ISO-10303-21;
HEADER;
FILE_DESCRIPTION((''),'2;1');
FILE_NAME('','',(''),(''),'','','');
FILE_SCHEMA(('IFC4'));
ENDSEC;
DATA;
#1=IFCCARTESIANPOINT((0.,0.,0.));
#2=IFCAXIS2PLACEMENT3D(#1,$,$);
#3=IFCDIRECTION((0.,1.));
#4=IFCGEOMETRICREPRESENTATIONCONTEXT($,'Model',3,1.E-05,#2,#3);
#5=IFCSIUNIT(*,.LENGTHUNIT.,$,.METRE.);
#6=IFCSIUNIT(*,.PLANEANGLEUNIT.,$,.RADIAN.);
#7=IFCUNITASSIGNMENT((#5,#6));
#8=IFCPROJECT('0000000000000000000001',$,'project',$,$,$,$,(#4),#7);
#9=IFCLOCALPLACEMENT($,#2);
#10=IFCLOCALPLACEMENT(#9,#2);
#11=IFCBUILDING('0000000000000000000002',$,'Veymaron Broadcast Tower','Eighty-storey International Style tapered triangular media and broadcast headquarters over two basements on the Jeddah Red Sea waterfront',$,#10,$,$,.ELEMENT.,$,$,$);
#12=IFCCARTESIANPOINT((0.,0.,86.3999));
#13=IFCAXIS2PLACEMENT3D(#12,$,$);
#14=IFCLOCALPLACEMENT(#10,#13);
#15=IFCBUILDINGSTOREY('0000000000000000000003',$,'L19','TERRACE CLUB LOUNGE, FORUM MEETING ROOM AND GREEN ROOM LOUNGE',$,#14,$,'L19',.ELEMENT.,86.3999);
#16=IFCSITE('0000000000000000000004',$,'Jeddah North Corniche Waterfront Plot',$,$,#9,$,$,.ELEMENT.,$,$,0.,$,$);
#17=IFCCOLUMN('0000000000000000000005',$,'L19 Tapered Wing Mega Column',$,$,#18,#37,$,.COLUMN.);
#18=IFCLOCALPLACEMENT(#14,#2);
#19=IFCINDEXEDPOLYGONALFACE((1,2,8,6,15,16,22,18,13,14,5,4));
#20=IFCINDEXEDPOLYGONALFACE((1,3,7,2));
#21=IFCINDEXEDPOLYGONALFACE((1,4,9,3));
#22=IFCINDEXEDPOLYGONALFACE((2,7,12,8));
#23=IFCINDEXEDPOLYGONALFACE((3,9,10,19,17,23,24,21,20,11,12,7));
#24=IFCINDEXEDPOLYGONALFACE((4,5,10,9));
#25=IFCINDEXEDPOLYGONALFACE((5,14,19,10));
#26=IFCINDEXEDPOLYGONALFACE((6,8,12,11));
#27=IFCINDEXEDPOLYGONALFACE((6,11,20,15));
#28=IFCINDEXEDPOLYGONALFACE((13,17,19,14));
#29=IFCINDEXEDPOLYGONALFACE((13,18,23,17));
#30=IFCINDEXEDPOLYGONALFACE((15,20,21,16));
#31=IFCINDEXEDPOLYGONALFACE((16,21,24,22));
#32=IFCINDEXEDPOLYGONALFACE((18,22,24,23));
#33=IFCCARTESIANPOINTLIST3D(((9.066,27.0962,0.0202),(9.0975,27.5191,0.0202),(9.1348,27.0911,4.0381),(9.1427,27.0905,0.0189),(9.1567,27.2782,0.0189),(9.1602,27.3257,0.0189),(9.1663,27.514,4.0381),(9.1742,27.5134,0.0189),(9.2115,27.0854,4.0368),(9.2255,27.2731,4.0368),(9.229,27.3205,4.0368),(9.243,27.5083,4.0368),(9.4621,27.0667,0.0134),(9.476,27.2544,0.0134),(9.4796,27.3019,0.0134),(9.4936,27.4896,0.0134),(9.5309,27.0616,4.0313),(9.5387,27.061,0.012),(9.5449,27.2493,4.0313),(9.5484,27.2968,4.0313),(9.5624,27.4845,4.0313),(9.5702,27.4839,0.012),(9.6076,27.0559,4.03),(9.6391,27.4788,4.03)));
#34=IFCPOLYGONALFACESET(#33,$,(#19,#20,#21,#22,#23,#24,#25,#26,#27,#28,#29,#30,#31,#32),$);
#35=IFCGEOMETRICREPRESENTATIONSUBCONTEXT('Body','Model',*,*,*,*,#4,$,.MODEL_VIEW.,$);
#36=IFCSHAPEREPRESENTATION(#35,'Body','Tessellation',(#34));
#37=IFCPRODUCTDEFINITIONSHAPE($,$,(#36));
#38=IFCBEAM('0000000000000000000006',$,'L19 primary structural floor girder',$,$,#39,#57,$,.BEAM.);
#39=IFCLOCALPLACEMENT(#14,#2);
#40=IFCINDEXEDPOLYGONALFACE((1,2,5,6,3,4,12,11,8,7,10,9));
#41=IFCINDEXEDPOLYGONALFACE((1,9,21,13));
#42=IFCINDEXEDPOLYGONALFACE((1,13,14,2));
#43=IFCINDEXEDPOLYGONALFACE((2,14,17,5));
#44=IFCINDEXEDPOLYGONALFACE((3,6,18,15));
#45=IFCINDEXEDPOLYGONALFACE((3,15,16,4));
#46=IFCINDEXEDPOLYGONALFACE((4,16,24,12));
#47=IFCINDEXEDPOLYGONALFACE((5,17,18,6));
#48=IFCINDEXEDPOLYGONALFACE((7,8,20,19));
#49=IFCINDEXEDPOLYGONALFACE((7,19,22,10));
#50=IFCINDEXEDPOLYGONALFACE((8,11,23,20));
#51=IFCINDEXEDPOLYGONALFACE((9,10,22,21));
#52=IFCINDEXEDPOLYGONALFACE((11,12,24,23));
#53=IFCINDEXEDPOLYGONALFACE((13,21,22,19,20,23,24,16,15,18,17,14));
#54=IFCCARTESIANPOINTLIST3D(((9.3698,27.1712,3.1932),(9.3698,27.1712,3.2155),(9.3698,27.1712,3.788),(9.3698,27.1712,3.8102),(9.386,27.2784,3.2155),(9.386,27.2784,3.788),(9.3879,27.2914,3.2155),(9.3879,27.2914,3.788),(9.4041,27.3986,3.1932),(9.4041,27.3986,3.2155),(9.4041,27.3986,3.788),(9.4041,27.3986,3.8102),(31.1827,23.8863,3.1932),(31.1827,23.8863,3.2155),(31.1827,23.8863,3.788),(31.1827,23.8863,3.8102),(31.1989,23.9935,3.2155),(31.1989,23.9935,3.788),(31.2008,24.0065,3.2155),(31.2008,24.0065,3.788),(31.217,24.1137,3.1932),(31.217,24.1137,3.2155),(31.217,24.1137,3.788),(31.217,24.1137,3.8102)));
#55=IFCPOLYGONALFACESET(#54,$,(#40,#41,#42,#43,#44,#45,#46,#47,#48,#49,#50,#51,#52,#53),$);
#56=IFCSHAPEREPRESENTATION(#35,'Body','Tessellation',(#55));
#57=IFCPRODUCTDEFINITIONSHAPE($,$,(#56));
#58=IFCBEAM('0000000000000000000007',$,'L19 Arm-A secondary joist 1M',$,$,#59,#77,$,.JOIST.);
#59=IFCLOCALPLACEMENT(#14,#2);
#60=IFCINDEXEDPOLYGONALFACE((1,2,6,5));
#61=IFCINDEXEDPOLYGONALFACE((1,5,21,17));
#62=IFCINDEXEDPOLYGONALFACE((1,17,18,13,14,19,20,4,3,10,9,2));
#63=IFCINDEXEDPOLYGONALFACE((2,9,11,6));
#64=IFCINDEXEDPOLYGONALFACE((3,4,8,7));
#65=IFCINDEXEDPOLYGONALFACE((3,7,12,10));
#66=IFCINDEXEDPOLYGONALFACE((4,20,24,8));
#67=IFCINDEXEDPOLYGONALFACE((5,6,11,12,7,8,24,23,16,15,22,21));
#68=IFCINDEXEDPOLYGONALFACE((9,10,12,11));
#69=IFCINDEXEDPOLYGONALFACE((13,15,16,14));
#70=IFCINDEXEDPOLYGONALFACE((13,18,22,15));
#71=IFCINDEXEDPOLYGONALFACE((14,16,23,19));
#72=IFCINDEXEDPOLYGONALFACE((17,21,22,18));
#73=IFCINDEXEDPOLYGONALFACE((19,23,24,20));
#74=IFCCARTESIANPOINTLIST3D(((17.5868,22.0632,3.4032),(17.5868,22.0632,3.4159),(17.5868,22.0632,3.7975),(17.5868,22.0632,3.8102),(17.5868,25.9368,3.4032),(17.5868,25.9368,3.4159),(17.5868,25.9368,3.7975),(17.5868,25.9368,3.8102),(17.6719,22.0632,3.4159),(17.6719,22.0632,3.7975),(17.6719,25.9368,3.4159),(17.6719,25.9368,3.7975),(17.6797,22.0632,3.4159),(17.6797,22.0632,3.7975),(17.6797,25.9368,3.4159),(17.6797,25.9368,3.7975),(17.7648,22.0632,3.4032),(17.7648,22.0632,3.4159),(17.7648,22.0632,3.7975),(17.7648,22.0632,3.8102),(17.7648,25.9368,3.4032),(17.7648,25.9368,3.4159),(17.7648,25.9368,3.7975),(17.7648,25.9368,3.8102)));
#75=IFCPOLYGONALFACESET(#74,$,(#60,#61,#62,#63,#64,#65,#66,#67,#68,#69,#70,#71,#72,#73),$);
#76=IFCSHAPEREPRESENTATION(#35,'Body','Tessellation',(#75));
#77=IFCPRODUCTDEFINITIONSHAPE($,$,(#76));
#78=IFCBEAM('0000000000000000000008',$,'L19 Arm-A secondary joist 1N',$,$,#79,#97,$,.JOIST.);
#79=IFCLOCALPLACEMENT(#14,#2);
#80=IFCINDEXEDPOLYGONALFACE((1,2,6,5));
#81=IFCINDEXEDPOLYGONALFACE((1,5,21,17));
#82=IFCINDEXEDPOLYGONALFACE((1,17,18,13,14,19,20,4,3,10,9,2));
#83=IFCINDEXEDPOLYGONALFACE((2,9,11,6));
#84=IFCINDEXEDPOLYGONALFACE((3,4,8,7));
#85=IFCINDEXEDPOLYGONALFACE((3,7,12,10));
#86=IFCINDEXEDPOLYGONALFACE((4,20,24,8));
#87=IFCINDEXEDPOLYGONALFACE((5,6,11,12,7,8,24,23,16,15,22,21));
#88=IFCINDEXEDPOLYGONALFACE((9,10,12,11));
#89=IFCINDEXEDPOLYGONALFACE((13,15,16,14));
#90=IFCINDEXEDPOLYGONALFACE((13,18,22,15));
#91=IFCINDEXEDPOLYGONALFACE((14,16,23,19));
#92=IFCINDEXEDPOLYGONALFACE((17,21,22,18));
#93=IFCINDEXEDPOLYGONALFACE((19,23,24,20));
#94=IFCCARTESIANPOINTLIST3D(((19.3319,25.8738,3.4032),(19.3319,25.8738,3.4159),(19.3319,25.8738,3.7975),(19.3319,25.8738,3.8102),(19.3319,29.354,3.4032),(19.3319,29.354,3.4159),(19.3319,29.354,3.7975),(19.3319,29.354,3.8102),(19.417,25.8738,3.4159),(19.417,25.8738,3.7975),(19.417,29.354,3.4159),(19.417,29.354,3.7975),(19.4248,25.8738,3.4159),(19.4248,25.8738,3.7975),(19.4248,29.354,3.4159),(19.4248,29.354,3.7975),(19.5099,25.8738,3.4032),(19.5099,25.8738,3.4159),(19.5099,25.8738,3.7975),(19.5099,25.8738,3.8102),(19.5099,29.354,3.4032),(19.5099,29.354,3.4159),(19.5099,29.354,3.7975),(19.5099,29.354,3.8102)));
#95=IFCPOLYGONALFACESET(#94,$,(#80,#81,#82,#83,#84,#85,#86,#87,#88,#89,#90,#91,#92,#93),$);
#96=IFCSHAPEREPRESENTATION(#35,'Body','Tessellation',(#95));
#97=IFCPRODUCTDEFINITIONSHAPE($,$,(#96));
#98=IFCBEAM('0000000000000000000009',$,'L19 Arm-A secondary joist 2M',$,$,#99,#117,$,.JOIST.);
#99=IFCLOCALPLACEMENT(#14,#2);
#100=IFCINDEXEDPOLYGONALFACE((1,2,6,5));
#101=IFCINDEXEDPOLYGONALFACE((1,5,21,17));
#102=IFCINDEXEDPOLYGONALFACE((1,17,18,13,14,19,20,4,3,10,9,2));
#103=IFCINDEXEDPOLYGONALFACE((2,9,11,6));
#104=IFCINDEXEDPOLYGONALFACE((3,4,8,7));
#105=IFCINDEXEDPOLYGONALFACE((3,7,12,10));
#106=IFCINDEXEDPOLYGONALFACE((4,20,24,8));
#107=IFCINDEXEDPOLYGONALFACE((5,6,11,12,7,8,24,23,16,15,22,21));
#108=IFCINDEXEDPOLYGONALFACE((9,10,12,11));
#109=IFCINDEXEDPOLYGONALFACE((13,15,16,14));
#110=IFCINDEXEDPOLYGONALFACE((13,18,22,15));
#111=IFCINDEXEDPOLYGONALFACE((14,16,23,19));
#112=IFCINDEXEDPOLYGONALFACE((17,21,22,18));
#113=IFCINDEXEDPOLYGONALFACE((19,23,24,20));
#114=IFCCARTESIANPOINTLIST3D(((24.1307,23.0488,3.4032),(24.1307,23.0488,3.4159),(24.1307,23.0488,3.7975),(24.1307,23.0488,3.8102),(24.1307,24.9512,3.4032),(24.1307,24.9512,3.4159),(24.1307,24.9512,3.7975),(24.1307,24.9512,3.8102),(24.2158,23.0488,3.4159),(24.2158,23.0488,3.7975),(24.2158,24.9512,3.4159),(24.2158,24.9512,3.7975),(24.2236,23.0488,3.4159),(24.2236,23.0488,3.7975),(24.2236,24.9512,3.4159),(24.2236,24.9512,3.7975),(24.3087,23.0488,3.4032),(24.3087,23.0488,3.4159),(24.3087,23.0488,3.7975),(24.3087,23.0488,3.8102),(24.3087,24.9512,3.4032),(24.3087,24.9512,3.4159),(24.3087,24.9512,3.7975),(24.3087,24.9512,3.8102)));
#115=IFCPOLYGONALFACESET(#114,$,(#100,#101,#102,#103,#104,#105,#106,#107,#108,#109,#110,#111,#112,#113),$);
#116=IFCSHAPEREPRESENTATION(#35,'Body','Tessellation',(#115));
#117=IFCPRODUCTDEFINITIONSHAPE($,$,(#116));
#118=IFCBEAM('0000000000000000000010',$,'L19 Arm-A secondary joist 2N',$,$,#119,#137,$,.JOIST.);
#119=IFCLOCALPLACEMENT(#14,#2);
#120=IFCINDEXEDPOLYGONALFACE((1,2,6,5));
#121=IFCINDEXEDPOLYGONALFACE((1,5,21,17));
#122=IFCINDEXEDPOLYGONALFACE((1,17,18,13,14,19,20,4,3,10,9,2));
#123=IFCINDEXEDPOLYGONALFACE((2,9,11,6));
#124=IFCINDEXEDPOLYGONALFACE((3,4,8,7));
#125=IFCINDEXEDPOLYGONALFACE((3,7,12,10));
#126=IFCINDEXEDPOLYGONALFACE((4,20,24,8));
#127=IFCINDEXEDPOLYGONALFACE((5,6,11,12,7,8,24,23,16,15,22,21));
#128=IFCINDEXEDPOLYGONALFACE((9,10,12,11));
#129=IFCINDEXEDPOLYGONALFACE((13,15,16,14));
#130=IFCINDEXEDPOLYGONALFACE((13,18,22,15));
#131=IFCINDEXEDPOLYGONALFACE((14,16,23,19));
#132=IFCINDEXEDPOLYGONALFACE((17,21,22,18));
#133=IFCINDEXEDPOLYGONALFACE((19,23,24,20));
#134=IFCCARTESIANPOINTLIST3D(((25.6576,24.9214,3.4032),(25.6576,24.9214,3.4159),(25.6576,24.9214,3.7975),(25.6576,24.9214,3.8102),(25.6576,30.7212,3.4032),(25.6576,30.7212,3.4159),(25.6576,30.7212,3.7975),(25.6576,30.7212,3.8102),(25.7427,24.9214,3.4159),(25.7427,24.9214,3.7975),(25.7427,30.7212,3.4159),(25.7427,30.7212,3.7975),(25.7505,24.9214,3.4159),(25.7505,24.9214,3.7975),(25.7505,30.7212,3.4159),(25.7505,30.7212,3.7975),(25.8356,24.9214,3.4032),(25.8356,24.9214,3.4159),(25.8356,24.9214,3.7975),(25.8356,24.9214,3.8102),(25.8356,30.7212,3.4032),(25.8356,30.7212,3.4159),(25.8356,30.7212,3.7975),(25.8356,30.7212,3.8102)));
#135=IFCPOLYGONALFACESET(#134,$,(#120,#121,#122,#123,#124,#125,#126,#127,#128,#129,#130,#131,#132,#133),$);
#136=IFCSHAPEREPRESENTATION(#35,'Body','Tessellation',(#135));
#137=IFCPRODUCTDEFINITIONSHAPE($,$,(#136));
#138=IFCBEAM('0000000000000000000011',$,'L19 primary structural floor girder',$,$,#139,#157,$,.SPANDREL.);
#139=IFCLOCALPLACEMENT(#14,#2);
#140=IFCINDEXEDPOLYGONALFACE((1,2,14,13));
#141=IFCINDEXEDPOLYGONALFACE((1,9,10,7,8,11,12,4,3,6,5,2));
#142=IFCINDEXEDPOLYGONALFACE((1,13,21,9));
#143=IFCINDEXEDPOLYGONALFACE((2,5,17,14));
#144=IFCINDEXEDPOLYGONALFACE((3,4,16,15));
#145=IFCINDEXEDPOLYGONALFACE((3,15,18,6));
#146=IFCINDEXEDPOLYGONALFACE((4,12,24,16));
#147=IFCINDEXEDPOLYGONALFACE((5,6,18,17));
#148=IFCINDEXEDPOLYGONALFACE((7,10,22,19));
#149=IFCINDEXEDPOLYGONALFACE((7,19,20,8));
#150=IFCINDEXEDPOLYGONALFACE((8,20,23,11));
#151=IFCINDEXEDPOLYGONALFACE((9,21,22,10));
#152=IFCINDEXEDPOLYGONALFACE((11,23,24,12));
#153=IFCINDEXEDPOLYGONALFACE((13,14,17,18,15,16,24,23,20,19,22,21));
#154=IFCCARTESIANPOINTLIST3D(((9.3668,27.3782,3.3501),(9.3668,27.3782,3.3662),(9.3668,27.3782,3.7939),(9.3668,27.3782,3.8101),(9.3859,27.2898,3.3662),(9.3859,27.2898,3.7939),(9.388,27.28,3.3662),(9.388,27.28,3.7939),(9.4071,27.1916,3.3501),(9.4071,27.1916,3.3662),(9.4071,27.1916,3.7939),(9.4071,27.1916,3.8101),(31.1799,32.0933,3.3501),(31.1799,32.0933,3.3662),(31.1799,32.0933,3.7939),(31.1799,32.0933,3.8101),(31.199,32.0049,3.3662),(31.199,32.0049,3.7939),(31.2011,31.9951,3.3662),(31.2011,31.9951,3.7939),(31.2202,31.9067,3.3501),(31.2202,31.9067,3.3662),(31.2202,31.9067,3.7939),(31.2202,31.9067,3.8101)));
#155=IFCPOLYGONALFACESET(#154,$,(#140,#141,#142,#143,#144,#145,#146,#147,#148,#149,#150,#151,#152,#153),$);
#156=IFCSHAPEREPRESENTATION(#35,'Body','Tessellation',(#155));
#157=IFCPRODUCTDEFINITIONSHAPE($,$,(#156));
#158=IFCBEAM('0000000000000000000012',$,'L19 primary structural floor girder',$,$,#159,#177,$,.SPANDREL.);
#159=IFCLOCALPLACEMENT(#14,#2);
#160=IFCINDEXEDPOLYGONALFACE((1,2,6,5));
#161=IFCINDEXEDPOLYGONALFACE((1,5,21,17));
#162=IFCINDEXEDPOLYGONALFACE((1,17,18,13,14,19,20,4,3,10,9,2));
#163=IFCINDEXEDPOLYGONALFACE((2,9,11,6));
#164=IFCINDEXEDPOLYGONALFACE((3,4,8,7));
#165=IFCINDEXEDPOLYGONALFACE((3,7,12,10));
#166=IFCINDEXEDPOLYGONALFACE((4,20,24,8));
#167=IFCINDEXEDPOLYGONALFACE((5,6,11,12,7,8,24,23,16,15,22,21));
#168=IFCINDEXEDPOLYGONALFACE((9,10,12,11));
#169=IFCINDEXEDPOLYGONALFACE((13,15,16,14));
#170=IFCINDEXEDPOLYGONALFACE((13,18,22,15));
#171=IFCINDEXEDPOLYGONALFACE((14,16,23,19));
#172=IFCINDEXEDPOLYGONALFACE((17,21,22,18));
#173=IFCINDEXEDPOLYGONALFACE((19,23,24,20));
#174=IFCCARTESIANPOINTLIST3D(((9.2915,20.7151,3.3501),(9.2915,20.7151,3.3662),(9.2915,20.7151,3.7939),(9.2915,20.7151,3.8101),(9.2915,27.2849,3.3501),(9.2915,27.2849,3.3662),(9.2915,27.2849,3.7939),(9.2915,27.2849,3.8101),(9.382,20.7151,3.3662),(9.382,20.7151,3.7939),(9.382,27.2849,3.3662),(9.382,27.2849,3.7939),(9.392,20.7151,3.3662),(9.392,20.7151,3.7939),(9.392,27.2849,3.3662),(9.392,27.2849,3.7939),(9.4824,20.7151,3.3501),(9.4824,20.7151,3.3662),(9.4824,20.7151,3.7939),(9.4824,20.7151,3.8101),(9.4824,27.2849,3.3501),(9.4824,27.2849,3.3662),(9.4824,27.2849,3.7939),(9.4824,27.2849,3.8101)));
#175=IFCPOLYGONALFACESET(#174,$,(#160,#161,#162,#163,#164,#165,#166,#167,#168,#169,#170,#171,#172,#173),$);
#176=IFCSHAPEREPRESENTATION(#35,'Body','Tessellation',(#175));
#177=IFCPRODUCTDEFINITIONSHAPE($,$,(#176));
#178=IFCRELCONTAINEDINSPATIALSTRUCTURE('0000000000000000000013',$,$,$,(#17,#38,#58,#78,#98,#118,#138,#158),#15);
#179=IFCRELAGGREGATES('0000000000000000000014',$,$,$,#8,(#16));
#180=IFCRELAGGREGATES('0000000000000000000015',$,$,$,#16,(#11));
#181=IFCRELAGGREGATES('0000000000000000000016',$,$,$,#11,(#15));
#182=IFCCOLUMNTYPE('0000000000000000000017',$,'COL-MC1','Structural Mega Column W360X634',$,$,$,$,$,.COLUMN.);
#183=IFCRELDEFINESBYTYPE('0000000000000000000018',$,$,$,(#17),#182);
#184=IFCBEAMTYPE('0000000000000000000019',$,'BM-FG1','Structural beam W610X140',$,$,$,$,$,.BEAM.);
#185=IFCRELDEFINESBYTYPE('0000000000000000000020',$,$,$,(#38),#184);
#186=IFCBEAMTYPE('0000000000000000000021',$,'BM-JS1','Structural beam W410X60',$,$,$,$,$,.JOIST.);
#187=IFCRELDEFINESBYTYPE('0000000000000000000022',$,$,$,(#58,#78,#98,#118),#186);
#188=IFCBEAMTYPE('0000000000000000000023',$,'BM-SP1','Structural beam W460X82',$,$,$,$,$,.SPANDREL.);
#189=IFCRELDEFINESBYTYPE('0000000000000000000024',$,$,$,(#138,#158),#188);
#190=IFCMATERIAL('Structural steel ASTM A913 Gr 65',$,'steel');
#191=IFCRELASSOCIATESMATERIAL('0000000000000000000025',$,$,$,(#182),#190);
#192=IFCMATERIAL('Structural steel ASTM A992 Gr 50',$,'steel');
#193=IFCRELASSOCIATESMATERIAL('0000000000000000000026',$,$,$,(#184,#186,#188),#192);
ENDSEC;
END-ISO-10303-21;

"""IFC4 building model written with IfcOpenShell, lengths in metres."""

from ifc_helpers import new_model, si_unit, direction, frame, origin, origin_2d, place, context, subcontext, project, spatial, i_section, extrude, material, material_profile, profile_set, type_object, element, save


model = new_model("IFC4")

# Units and contexts
model_context = context("Model", 3, precision=1e-05, world=origin(), true_north=direction((0.0, 1.0)))
body_context = subcontext(model_context, "Body", "Model", "MODEL_VIEW")
ifc_project = project(units=[si_unit("LENGTHUNIT", "METRE"), si_unit("PLANEANGLEUNIT", "RADIAN")], contexts=[model_context])

# Site, building, storey
site_placement = place(None, origin())
site = spatial("IfcSite", under=ifc_project, at=site_placement, Name="Jeddah North Corniche Waterfront Plot", CompositionType="ELEMENT", RefElevation=0.0)
building_placement = place(site_placement, origin())
building = spatial("IfcBuilding", under=site, at=building_placement, Name="Veymaron Broadcast Tower", Description="Eighty-storey International Style tapered triangular media and broadcast headquarters over two basements on the Jeddah Red Sea waterfront", CompositionType="ELEMENT")
storey_placement = place(building_placement, frame((0.0, 0.0, 86.3999)))
storey = spatial("IfcBuildingStorey", under=building, at=storey_placement, Name="L19", Description="TERRACE CLUB LOUNGE, FORUM MEETING ROOM AND GREEN ROOM LOUNGE", LongName="L19", CompositionType="ELEMENT", Elevation=86.3999)

# Column
ifc_material_1 = material(Name="Structural steel ASTM A913 Gr 65", Category="steel")
ifc_material_profile_1 = material_profile(ifc_material_1, i_section(OverallWidth=0.4241, OverallDepth=0.4741, WebThickness=0.0476, FlangeThickness=0.0769, at=origin_2d()), Name="W360X634")
ifc_profile_set_1 = profile_set([ifc_material_profile_1], Name="Structural steel ASTM A913 Gr 65")
column_type = type_object("IfcColumnType", Name="COL-MC1", Description="Structural Mega Column W360X634", PredefinedType="COLUMN", material=ifc_profile_set_1)
column_placement = place(storey_placement, frame((9.3181, 27.29, 0.0161), z_axis=(0.017132, -0.001276, 0.999852), x_axis=(0.074262, 0.997239, 0.0)))
element("IfcColumn", 1, at=column_placement, inside=storey, type_object=column_type, Name="L19 Tapered Wing Mega Column", PredefinedType="COLUMN", context=body_context, shape_type="SweptSolid", body=[
    extrude(i_section(OverallWidth=0.4241, OverallDepth=0.4741, WebThickness=0.0476, FlangeThickness=0.0769, at=origin_2d()), origin(), (0.0, 0.0, 1.0), 4.0186),
])

# Beams
ifc_material_2 = material(Name="Structural steel ASTM A992 Gr 50", Category="steel")
ifc_material_profile_2 = material_profile(ifc_material_2, i_section(OverallWidth=0.23, OverallDepth=0.6169, WebThickness=0.0132, FlangeThickness=0.0222, at=origin_2d()), Name="W610X140")
ifc_profile_set_2 = profile_set([ifc_material_profile_2], Name="Structural steel ASTM A992 Gr 50")
beam_type_1 = type_object("IfcBeamType", Name="BM-FG1", Description="Structural beam W610X140", PredefinedType="BEAM", material=ifc_profile_set_2)
beam_1_placement = place(storey_placement, frame((9.387, 27.2849, 3.5017), z_axis=(0.98885, -0.148915, 0.0), x_axis=(0.148915, 0.98885, 0.0)))
element("IfcBeam", 2, at=beam_1_placement, inside=storey, type_object=beam_type_1, Name="L19 primary structural floor girder", PredefinedType="BEAM", context=body_context, shape_type="SweptSolid", body=[
    extrude(i_section(OverallWidth=0.23, OverallDepth=0.6169, WebThickness=0.0132, FlangeThickness=0.0222, at=origin_2d()), origin(), (0.0, 0.0, 1.0), 22.0588),
])
ifc_material_profile_3 = material_profile(ifc_material_2, i_section(OverallWidth=0.178, OverallDepth=0.407, WebThickness=0.0078, FlangeThickness=0.0127, at=origin_2d()), Name="W410X60")
ifc_profile_set_3 = profile_set([ifc_material_profile_3], Name="Structural steel ASTM A992 Gr 50")
beam_type_2 = type_object("IfcBeamType", Name="BM-JS1", Description="Structural beam W410X60", PredefinedType="JOIST", material=ifc_profile_set_3)
beam_2_placement = place(storey_placement, frame((17.6758, 22.0632, 3.6067), z_axis=(0.0, 1.0, 0.0), x_axis=(-1.0, 0.0, 0.0)))
element("IfcBeam", 3, at=beam_2_placement, inside=storey, type_object=beam_type_2, Name="L19 Arm-A secondary joist 1M", PredefinedType="JOIST", context=body_context, shape_type="SweptSolid", body=[
    extrude(i_section(OverallWidth=0.178, OverallDepth=0.407, WebThickness=0.0078, FlangeThickness=0.0127, at=origin_2d()), origin(), (0.0, 0.0, 1.0), 3.8735),
])
beam_3_placement = place(storey_placement, frame((19.4209, 25.8738, 3.6067), z_axis=(0.0, 1.0, 0.0), x_axis=(-1.0, 0.0, 0.0)))
element("IfcBeam", 4, at=beam_3_placement, inside=storey, type_object=beam_type_2, Name="L19 Arm-A secondary joist 1N", PredefinedType="JOIST", context=body_context, shape_type="SweptSolid", body=[
    extrude(i_section(OverallWidth=0.178, OverallDepth=0.407, WebThickness=0.0078, FlangeThickness=0.0127, at=origin_2d()), origin(), (0.0, 0.0, 1.0), 3.4802),
])
beam_4_placement = place(storey_placement, frame((24.2197, 23.0488, 3.6067), z_axis=(0.0, 1.0, 0.0), x_axis=(-1.0, 0.0, 0.0)))
element("IfcBeam", 5, at=beam_4_placement, inside=storey, type_object=beam_type_2, Name="L19 Arm-A secondary joist 2M", PredefinedType="JOIST", context=body_context, shape_type="SweptSolid", body=[
    extrude(i_section(OverallWidth=0.178, OverallDepth=0.407, WebThickness=0.0078, FlangeThickness=0.0127, at=origin_2d()), origin(), (0.0, 0.0, 1.0), 1.9023),
])
beam_5_placement = place(storey_placement, frame((25.7466, 24.9214, 3.6067), z_axis=(0.0, 1.0, 0.0), x_axis=(-1.0, 0.0, 0.0)))
element("IfcBeam", 6, at=beam_5_placement, inside=storey, type_object=beam_type_2, Name="L19 Arm-A secondary joist 2N", PredefinedType="JOIST", context=body_context, shape_type="SweptSolid", body=[
    extrude(i_section(OverallWidth=0.178, OverallDepth=0.407, WebThickness=0.0078, FlangeThickness=0.0127, at=origin_2d()), origin(), (0.0, 0.0, 1.0), 5.7998),
])
ifc_material_profile_4 = material_profile(ifc_material_2, i_section(OverallWidth=0.1909, OverallDepth=0.46, WebThickness=0.01, FlangeThickness=0.0161, at=origin_2d()), Name="W460X82")
ifc_profile_set_4 = profile_set([ifc_material_profile_4], Name="Structural steel ASTM A992 Gr 50")
beam_type_3 = type_object("IfcBeamType", Name="BM-SP1", Description="Structural beam W460X82", PredefinedType="SPANDREL", material=ifc_profile_set_4)
beam_6_placement = place(storey_placement, frame((9.387, 27.2849, 3.5801), z_axis=(0.977426, 0.21128, 0.0), x_axis=(-0.21128, 0.977426, 0.0)))
element("IfcBeam", 7, at=beam_6_placement, inside=storey, type_object=beam_type_3, Name="L19 primary structural floor girder", PredefinedType="SPANDREL", context=body_context, shape_type="SweptSolid", body=[
    extrude(i_section(OverallWidth=0.1909, OverallDepth=0.46, WebThickness=0.01, FlangeThickness=0.0161, at=origin_2d()), origin(), (0.0, 0.0, 1.0), 22.3169),
])
beam_7_placement = place(storey_placement, frame((9.387, 20.7151, 3.5801), z_axis=(0.0, 1.0, 0.0), x_axis=(-1.0, 0.0, 0.0)))
element("IfcBeam", 8, at=beam_7_placement, inside=storey, type_object=beam_type_3, Name="L19 primary structural floor girder", PredefinedType="SPANDREL", context=body_context, shape_type="SweptSolid", body=[
    extrude(i_section(OverallWidth=0.1909, OverallDepth=0.46, WebThickness=0.01, FlangeThickness=0.0161, at=origin_2d()), origin(), (0.0, 0.0, 1.0), 6.5698),
])

save(model, "model.ifc")
